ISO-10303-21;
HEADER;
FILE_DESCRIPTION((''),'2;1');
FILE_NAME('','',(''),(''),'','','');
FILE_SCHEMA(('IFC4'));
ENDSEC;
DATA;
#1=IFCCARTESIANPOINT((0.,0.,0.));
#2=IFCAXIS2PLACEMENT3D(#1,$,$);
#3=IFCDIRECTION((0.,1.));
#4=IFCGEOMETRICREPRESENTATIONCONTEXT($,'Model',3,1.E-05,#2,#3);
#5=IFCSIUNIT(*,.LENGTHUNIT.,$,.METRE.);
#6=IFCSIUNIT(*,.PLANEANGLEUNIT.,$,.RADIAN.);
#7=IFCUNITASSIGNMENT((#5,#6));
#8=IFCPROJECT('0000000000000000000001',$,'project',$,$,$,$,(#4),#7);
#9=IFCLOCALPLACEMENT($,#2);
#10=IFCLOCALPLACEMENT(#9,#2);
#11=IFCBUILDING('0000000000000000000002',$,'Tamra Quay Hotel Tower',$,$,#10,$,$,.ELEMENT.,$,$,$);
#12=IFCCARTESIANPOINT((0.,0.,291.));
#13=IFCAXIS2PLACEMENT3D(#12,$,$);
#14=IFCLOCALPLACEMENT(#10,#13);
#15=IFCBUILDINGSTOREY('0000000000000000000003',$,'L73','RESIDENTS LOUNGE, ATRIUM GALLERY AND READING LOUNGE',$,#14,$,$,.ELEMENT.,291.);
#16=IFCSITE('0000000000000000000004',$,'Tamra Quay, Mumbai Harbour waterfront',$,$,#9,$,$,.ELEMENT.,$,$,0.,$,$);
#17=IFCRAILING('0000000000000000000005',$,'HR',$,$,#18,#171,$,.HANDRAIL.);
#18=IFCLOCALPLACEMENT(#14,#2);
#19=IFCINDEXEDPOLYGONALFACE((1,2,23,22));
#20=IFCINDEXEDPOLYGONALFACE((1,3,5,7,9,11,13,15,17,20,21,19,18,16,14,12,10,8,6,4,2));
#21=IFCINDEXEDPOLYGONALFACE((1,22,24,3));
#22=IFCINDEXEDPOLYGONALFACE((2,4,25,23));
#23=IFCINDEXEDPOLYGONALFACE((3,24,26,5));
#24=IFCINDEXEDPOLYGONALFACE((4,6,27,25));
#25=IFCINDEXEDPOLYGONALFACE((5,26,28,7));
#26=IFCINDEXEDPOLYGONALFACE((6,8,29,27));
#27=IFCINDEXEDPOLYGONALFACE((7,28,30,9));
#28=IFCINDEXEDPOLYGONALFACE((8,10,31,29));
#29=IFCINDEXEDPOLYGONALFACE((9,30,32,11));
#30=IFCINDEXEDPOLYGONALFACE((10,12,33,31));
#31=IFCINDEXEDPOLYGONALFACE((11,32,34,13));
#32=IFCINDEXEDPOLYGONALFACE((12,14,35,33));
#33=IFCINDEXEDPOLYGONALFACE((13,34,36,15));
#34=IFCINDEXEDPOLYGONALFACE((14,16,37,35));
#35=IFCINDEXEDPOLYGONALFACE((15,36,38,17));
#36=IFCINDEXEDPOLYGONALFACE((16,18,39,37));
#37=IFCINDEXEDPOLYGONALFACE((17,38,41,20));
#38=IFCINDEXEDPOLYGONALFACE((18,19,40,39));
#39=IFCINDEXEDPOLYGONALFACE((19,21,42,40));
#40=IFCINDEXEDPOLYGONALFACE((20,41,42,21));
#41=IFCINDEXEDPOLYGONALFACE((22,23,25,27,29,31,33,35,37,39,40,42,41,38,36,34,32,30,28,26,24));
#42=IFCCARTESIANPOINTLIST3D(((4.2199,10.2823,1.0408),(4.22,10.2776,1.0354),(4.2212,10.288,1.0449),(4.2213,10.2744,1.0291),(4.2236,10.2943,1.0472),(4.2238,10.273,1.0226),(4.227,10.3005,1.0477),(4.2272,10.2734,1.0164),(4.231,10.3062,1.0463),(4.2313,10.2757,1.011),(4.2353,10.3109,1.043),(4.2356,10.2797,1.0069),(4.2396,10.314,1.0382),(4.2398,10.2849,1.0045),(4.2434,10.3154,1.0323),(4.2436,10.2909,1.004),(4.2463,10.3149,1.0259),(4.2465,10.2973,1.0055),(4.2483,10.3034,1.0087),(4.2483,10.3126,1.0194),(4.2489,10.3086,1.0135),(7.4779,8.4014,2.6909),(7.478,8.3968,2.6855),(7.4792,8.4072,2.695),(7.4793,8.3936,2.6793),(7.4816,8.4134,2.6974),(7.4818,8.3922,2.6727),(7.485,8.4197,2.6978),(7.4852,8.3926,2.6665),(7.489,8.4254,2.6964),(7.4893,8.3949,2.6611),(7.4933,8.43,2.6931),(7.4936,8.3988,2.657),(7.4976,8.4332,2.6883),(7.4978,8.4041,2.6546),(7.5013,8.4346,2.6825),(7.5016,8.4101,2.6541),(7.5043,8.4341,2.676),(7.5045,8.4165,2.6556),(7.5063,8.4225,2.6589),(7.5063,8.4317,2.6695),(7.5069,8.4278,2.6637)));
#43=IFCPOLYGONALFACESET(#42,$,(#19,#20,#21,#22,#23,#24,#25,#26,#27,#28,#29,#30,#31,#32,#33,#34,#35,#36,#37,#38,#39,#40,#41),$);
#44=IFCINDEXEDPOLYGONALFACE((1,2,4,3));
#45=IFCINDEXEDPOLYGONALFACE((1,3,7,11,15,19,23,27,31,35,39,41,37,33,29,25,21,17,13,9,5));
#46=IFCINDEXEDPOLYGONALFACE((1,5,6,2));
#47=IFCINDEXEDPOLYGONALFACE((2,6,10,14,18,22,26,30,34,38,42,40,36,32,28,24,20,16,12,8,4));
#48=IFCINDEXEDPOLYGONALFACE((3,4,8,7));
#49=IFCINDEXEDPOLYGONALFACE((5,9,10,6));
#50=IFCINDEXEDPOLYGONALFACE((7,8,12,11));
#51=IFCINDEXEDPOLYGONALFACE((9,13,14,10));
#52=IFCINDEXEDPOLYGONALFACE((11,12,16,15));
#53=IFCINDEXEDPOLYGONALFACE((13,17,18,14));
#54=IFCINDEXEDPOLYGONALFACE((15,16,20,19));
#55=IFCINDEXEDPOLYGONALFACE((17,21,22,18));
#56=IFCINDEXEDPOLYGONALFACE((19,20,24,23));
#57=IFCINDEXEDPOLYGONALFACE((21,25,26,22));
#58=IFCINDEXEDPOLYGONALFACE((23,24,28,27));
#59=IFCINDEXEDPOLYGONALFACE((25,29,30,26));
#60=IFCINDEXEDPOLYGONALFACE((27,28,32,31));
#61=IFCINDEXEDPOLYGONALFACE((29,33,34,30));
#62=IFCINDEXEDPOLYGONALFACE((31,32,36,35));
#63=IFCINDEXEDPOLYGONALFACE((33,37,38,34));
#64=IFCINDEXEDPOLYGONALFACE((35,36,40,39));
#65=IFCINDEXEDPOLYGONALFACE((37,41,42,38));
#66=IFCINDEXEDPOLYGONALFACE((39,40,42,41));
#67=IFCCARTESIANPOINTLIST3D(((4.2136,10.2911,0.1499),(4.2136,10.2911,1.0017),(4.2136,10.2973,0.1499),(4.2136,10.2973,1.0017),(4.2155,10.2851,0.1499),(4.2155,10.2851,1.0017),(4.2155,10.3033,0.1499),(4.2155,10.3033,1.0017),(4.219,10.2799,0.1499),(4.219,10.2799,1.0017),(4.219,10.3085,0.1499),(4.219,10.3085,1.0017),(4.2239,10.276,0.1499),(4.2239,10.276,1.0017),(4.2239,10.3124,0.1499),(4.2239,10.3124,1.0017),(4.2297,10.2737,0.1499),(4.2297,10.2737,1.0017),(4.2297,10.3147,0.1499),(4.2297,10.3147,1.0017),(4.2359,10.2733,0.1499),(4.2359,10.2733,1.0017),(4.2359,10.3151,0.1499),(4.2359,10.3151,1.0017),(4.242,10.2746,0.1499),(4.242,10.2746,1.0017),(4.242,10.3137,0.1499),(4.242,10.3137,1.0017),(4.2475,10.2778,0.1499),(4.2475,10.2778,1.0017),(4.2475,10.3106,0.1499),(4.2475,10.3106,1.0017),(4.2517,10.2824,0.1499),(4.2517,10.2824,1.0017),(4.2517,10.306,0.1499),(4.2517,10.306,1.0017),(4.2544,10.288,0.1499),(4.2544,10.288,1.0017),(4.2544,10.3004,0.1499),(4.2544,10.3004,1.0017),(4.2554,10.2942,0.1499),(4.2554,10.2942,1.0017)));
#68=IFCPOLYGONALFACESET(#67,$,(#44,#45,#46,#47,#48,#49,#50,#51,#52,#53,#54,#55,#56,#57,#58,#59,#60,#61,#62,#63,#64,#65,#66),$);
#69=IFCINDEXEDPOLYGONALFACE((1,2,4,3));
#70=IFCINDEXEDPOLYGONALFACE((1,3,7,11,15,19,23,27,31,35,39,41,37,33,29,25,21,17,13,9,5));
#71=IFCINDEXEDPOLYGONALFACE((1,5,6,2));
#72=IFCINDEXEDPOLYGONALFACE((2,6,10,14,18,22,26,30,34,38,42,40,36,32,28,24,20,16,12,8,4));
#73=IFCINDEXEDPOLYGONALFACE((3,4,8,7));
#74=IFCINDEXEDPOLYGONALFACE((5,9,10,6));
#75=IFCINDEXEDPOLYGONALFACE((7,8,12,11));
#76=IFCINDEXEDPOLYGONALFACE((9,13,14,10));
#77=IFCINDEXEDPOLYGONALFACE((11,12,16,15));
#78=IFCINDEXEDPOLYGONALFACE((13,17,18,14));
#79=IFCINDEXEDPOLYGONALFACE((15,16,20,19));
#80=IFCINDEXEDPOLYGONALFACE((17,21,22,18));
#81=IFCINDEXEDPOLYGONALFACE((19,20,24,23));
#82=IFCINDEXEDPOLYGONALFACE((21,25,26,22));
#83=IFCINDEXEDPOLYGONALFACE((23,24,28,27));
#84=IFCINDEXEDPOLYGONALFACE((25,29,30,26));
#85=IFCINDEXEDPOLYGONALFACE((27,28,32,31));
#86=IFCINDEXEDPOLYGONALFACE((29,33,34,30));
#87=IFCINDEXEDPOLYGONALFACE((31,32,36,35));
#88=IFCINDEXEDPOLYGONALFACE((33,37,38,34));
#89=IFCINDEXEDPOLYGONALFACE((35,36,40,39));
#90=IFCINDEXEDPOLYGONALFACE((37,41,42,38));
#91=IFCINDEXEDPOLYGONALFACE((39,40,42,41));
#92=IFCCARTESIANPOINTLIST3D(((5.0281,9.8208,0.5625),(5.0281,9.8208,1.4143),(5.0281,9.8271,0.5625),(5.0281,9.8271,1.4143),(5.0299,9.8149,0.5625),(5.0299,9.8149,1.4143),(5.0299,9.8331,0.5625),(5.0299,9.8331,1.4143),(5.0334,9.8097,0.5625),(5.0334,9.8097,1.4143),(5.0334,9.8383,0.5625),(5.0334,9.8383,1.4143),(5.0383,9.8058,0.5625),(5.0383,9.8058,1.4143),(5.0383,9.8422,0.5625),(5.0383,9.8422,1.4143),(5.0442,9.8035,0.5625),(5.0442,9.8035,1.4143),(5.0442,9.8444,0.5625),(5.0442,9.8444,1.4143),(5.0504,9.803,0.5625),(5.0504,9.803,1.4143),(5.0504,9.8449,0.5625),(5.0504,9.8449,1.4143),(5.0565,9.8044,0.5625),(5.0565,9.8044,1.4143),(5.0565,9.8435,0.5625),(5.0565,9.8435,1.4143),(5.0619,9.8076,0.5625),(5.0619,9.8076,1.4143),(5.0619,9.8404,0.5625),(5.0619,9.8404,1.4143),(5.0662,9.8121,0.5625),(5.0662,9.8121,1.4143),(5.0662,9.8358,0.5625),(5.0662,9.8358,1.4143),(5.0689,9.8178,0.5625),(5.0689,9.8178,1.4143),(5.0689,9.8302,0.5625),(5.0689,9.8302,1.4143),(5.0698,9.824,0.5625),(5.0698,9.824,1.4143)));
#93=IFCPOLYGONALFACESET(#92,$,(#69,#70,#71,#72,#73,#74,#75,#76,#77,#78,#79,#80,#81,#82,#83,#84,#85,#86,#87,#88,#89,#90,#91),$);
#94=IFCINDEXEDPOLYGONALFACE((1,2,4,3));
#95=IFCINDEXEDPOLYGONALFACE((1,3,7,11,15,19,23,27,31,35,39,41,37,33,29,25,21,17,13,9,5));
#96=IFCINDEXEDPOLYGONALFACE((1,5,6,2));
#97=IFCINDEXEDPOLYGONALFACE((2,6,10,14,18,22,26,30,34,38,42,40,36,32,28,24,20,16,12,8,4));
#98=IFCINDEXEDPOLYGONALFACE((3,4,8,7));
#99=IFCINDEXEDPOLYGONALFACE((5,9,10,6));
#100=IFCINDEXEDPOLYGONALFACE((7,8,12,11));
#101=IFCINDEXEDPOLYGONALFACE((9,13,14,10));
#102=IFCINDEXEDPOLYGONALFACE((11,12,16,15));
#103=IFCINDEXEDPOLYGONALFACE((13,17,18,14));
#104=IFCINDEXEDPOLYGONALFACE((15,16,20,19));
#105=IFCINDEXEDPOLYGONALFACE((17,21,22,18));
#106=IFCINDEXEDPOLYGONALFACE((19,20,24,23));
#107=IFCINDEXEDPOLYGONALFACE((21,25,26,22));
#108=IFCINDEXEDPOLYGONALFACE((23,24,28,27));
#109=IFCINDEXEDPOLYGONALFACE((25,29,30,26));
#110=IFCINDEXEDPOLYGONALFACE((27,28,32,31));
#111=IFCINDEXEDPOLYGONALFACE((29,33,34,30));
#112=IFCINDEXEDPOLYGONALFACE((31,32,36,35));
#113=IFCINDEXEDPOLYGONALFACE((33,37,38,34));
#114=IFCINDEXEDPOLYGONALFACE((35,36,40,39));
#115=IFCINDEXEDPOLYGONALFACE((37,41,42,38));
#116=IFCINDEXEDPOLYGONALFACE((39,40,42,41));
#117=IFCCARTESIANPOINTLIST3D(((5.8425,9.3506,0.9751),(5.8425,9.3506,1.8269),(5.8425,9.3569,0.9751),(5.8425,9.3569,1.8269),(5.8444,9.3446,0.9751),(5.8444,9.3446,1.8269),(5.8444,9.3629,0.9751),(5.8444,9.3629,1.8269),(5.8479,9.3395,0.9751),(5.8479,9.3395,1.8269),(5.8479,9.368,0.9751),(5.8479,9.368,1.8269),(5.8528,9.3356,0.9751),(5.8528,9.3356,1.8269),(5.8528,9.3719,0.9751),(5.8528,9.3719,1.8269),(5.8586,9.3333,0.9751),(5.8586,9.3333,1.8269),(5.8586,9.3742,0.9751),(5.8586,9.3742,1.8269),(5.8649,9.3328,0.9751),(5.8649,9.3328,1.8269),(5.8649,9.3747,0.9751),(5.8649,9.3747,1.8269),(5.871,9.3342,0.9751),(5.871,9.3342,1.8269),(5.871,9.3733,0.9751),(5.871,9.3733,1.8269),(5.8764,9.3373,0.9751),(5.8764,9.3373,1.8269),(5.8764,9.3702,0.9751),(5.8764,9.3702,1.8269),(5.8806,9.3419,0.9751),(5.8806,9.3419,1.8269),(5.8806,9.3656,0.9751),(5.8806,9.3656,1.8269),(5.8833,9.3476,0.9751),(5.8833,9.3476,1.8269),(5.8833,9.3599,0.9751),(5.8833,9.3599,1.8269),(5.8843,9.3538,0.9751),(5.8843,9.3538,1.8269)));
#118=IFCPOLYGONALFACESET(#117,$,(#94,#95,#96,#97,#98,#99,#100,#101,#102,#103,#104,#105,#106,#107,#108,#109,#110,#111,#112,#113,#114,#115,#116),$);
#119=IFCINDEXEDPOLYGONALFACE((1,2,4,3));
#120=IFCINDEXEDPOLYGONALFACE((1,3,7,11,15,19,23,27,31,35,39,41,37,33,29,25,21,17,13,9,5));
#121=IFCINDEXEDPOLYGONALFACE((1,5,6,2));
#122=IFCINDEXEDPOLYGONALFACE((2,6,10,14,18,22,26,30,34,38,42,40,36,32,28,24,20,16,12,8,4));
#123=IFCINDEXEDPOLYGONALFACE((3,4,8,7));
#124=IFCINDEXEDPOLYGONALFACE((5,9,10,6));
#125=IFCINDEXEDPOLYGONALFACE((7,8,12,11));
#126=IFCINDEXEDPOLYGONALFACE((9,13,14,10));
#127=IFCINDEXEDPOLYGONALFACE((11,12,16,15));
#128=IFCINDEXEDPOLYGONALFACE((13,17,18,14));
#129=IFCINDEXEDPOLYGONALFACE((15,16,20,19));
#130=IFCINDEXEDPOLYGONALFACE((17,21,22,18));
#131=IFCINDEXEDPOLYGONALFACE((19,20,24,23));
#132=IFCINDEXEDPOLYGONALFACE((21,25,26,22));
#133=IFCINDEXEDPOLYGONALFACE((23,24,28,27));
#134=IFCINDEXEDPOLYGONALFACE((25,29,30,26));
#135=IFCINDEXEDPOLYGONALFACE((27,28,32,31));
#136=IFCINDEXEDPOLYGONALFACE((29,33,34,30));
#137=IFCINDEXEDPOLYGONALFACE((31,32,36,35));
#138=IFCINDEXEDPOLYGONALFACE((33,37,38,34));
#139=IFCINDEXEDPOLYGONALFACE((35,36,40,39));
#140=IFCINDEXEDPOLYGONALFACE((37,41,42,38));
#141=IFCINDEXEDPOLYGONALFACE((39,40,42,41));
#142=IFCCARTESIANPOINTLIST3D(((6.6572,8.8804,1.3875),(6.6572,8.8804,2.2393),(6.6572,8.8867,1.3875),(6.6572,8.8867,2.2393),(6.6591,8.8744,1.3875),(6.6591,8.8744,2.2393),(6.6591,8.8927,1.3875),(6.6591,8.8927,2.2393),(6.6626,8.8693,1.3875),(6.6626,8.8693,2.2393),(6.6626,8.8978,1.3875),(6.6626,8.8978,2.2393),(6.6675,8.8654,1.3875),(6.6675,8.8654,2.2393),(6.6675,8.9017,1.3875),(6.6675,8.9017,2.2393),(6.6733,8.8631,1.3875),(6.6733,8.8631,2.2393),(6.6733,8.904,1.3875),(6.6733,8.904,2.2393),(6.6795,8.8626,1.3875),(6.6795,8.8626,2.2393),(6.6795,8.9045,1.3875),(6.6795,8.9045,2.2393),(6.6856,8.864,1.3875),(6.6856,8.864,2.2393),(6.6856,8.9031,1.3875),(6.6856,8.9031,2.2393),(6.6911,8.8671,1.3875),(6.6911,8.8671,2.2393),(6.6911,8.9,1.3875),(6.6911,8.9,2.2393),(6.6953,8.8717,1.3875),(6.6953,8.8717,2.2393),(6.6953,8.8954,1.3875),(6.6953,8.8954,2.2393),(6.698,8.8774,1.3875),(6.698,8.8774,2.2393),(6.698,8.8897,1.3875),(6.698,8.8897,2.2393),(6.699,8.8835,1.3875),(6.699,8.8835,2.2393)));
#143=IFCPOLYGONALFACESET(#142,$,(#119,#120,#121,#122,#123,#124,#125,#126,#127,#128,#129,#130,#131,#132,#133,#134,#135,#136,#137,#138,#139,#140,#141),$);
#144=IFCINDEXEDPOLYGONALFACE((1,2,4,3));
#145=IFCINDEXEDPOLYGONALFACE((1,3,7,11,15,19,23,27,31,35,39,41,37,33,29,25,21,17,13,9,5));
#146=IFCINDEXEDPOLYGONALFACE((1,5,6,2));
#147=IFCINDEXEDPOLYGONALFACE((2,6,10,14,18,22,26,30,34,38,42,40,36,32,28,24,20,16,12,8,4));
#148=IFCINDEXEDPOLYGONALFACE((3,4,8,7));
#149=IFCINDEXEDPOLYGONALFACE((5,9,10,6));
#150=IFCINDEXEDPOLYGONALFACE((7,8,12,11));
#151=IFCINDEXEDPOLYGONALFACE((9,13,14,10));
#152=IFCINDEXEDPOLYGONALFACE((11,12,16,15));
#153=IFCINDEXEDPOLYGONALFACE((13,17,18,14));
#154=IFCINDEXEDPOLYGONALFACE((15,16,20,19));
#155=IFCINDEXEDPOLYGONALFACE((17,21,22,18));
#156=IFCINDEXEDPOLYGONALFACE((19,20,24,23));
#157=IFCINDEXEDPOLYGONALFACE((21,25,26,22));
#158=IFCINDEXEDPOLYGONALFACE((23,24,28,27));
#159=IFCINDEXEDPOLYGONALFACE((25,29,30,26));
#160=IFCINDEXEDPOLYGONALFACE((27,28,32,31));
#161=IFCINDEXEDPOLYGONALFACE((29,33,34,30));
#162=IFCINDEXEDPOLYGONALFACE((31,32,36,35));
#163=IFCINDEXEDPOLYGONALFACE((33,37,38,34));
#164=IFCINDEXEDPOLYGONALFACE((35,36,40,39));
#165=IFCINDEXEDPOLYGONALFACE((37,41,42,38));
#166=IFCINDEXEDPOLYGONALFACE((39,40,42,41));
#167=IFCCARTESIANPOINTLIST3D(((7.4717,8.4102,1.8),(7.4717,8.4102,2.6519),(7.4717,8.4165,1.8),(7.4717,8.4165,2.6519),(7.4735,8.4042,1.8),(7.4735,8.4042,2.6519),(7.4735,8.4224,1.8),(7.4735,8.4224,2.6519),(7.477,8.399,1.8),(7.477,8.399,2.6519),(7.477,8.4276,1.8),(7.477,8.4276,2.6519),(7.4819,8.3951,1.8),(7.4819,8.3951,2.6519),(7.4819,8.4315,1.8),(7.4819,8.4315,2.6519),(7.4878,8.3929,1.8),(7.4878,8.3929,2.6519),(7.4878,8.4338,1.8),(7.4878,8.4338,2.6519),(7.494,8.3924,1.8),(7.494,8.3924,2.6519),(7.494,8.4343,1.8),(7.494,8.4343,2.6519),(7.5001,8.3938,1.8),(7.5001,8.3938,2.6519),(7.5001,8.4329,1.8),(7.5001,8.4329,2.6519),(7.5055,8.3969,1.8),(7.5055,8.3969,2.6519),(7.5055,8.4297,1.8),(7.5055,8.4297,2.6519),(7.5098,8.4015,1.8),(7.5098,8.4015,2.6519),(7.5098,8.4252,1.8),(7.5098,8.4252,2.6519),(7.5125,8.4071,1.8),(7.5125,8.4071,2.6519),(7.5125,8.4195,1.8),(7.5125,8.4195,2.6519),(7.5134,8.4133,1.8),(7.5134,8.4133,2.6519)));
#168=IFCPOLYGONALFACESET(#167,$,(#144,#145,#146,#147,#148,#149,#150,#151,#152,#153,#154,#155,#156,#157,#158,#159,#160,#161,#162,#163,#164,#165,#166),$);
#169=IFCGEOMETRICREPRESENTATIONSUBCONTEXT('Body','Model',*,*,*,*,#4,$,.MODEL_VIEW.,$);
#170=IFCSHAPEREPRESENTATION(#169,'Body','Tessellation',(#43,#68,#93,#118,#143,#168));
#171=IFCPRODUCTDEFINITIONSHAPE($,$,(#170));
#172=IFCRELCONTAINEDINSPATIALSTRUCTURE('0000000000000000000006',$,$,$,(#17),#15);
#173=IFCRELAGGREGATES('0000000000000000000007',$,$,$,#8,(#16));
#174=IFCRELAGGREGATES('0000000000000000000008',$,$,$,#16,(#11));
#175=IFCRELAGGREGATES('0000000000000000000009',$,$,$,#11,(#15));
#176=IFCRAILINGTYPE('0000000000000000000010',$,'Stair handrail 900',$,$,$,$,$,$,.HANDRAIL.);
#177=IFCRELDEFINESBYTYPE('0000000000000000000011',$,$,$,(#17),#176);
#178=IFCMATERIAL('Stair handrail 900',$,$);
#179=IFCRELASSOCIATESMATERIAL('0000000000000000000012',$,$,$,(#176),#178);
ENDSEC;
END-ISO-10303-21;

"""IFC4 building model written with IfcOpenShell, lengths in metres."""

from ifc_helpers import new_model, si_unit, direction, frame, origin, origin_2d, place, context, subcontext, project, spatial, circle, extrude, material, type_object, element, save


model = new_model("IFC4")

# Units and contexts
model_context = context("Model", 3, precision=1e-05, world=origin(), true_north=direction((0.0, 1.0)))
body_context = subcontext(model_context, "Body", "Model", "MODEL_VIEW")
ifc_project = project(units=[si_unit("LENGTHUNIT", "METRE"), si_unit("PLANEANGLEUNIT", "RADIAN")], contexts=[model_context])

# Site, building, storey
site_placement = place(None, origin())
site = spatial("IfcSite", under=ifc_project, at=site_placement, Name="Tamra Quay, Mumbai Harbour waterfront", CompositionType="ELEMENT", RefElevation=0.0)
building_placement = place(site_placement, origin())
building = spatial("IfcBuilding", under=site, at=building_placement, Name="Tamra Quay Hotel Tower", CompositionType="ELEMENT")
storey_placement = place(building_placement, frame((0.0, 0.0, 291.0)))
storey = spatial("IfcBuildingStorey", under=building, at=storey_placement, Name="L73", Description="RESIDENTS LOUNGE, ATRIUM GALLERY AND READING LOUNGE", CompositionType="ELEMENT", Elevation=291.0)

# Railing
ifc_material_1 = material(Name="Stair handrail 900")
railing_type_1 = type_object("IfcRailingType", Name="Stair handrail 900", PredefinedType="HANDRAIL", material=ifc_material_1)
railing_1_placement = place(storey_placement, frame((4.2344, 10.2942, 0.1499)))
element("IfcRailing", 1, at=railing_1_placement, inside=storey, type_object=railing_type_1, Name="HR", PredefinedType="HANDRAIL", context=body_context, shape_type="SweptSolid", body=[
    extrude(circle(Radius=0.0239, at=origin_2d()), frame((0.0, 0.0, 0.876), z_axis=(0.793103, -0.457854, 0.401692), x_axis=(0.499964, 0.866046, 0.0)), (0.0, 0.0, 1.0), 4.1079),
    extrude(circle(Radius=0.021, at=origin_2d()), origin(), (0.0, 0.0, 1.0), 0.8518),
    extrude(circle(Radius=0.021, at=origin_2d()), frame((0.8145, -0.4702, 0.4126)), (0.0, 0.0, 1.0), 0.8518),
    extrude(circle(Radius=0.021, at=origin_2d()), frame((1.6289, -0.9404, 0.8252)), (0.0, 0.0, 1.0), 0.8518),
    extrude(circle(Radius=0.021, at=origin_2d()), frame((2.4436, -1.4106, 1.2375)), (0.0, 0.0, 1.0), 0.8518),
    extrude(circle(Radius=0.021, at=origin_2d()), frame((3.2581, -1.8809, 1.6501)), (0.0, 0.0, 1.0), 0.8518),
])

save(model, "model.ifc")
